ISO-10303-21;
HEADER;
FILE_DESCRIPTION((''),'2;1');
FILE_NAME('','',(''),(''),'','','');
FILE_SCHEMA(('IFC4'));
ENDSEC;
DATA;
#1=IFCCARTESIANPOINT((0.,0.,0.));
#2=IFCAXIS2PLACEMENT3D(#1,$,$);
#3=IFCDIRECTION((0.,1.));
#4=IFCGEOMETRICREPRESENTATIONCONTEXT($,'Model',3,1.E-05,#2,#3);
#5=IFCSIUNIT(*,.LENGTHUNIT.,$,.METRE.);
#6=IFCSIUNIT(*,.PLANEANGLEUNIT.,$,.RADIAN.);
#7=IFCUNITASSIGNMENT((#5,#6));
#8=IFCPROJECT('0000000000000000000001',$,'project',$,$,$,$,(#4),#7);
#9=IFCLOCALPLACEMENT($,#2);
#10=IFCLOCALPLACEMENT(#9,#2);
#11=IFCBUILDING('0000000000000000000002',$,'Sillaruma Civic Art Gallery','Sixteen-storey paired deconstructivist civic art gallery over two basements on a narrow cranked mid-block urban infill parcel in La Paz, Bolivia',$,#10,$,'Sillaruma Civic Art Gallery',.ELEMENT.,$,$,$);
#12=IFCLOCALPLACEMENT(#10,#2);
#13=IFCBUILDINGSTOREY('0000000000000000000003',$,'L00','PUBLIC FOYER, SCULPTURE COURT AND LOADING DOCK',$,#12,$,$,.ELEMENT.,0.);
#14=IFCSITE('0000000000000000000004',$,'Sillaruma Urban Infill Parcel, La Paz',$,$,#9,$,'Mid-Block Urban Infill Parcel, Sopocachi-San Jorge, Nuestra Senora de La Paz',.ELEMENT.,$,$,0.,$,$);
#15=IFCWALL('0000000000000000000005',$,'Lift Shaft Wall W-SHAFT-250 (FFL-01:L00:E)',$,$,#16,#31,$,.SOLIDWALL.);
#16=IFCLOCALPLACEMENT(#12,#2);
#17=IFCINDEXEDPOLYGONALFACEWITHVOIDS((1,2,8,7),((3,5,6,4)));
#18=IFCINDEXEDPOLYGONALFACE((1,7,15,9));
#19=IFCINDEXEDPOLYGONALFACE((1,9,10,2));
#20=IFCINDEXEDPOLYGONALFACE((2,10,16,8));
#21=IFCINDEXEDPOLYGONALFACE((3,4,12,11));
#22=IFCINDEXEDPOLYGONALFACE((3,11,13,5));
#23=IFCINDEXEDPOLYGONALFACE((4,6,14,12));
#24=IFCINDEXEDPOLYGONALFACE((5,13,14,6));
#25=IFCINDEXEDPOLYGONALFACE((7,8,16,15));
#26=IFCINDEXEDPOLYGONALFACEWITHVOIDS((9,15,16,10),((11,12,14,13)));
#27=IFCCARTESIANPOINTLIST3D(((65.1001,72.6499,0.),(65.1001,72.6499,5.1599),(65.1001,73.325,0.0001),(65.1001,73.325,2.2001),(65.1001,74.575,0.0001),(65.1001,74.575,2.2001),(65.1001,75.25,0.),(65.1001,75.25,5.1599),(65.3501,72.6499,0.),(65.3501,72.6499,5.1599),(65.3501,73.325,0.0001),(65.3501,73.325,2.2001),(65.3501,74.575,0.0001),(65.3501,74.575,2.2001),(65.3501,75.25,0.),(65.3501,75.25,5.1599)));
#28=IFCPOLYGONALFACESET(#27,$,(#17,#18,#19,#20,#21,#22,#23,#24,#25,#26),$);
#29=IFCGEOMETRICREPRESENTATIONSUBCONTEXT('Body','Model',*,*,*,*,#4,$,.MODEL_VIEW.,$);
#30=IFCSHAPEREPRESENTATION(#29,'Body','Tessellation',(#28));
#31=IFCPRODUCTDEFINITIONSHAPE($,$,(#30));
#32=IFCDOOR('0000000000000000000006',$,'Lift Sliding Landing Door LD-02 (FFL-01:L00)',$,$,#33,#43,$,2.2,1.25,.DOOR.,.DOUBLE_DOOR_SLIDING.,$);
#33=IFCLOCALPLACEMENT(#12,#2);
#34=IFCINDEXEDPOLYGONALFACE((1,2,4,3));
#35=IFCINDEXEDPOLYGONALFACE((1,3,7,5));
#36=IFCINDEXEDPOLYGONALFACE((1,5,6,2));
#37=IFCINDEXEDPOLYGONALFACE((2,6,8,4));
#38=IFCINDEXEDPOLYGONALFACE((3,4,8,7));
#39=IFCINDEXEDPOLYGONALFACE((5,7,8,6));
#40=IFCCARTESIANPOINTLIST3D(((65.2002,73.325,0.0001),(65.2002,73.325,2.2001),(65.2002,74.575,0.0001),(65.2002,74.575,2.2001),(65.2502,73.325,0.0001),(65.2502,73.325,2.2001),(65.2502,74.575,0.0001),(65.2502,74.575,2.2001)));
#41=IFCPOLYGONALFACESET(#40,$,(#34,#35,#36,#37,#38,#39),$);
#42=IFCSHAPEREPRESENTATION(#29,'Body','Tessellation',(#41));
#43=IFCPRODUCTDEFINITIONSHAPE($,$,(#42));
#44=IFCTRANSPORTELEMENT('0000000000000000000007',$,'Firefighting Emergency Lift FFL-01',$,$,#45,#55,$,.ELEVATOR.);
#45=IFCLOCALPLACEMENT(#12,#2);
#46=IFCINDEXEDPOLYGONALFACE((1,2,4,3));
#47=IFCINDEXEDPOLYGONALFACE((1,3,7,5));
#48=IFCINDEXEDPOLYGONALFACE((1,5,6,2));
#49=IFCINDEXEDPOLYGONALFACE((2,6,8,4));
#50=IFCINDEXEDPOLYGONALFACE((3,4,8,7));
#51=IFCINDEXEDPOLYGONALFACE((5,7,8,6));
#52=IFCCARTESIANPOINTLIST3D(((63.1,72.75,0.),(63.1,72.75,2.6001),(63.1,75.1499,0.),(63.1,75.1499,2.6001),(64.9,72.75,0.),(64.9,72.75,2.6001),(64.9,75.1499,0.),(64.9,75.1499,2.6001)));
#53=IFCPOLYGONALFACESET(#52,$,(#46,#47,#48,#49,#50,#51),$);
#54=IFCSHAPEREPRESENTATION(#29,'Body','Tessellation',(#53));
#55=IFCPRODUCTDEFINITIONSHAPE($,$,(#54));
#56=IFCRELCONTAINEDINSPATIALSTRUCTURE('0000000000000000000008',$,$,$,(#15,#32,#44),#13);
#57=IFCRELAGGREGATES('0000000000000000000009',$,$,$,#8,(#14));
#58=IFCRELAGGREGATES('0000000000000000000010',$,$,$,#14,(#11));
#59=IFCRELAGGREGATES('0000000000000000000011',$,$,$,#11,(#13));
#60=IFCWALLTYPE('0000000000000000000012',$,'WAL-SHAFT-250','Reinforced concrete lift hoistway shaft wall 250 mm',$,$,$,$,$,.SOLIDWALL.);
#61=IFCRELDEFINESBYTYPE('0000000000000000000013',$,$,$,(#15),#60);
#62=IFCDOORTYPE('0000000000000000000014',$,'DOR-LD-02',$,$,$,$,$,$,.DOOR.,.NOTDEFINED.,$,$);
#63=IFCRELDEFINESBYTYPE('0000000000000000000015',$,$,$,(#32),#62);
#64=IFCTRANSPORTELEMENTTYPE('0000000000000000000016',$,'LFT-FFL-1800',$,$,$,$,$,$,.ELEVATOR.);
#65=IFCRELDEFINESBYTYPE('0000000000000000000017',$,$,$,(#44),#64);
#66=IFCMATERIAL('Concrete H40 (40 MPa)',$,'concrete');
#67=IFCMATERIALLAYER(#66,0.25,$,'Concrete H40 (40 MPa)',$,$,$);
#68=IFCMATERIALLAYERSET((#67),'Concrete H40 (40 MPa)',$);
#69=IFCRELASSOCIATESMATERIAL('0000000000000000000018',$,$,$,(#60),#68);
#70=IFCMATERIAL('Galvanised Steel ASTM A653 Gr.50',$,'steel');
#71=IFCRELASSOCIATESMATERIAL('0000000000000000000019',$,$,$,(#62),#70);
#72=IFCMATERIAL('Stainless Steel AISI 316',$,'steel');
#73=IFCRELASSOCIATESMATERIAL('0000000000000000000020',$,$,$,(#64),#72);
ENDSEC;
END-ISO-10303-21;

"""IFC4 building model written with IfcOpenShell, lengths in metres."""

from ifc_helpers import new_model, si_unit, direction, frame, frame_2d, origin, origin_2d, place, context, subcontext, project, spatial, rectangle, extrude, material, layer, layer_set, type_object, element, fill, save


model = new_model("IFC4")

# Units and contexts
model_context = context("Model", 3, precision=1e-05, world=origin(), true_north=direction((0.0, 1.0)))
body_context = subcontext(model_context, "Body", "Model", "MODEL_VIEW")
ifc_project = project(units=[si_unit("LENGTHUNIT", "METRE"), si_unit("PLANEANGLEUNIT", "RADIAN")], contexts=[model_context])

# Site, building, storey
site_placement = place(None, origin())
site = spatial("IfcSite", under=ifc_project, at=site_placement, Name="Sillaruma Urban Infill Parcel, La Paz", LongName="Mid-Block Urban Infill Parcel, Sopocachi-San Jorge, Nuestra Senora de La Paz", CompositionType="ELEMENT", RefElevation=0.0)
building_placement = place(site_placement, origin())
building = spatial("IfcBuilding", under=site, at=building_placement, Name="Sillaruma Civic Art Gallery", Description="Sixteen-storey paired deconstructivist civic art gallery over two basements on a narrow cranked mid-block urban infill parcel in La Paz, Bolivia", LongName="Sillaruma Civic Art Gallery", CompositionType="ELEMENT")
storey_placement = place(building_placement, origin())
storey = spatial("IfcBuildingStorey", under=building, at=storey_placement, Name="L00", Description="PUBLIC FOYER, SCULPTURE COURT AND LOADING DOCK", CompositionType="ELEMENT", Elevation=0.0)

# Shared definitions
ifc_material_1 = material(Name="Concrete H40 (40 MPa)", Category="concrete")

# Shared definitions
ifc_material_2 = material(Name="Galvanised Steel ASTM A653 Gr.50", Category="steel")

# Shared definitions
ifc_layer_1 = layer(ifc_material_1, 0.25, Name="Concrete H40 (40 MPa)")
ifc_layer_set_1 = layer_set([ifc_layer_1], Name="Concrete H40 (40 MPa)")
wall_type_1 = type_object("IfcWallType", Name="WAL-SHAFT-250", Description="Reinforced concrete lift hoistway shaft wall 250 mm", PredefinedType="SOLIDWALL", material=ifc_layer_set_1)

# Wall, opening, door
wall_1_placement = place(storey_placement, frame((65.2251, 72.6499, 0.0), z_axis=(0.0, 0.0, 1.0), x_axis=(0.0, 1.0, 0.0)))
wall_1 = element("IfcWall", 1, at=wall_1_placement, inside=storey, type_object=wall_type_1, Name="Lift Shaft Wall W-SHAFT-250 (FFL-01:L00:E)", PredefinedType="SOLIDWALL", context=body_context, shape_type="SweptSolid", body=[
    extrude(rectangle(XDim=2.6001, YDim=0.25, at=frame_2d((1.3, 0.0))), origin(), (0.0, 0.0, 1.0), 5.1599),
])
opening_1_placement = place(wall_1_placement, frame((0.675, 0.0, 0.0)))
opening_1 = element("IfcOpeningElement", 2, at=opening_1_placement, cuts=wall_1, PredefinedType="OPENING", context=body_context, shape_type="SweptSolid", body=[
    extrude(rectangle(XDim=1.25, YDim=2.2, at=frame_2d((0.625, 1.1001))), frame((0.0, 0.135, 0.0), z_axis=(0.0, -1.0, 0.0), x_axis=(1.0, 0.0, 0.0)), (0.0, 0.0, 1.0), 0.27),
])
door_type_1 = type_object("IfcDoorType", Name="DOR-LD-02", OperationType="NOTDEFINED", PredefinedType="DOOR", material=ifc_material_2)
door_1_placement = place(opening_1_placement, origin())
door_1 = element("IfcDoor", 3, at=door_1_placement, inside=storey, type_object=door_type_1, Name="Lift Sliding Landing Door LD-02 (FFL-01:L00)", OperationType="DOUBLE_DOOR_SLIDING", OverallHeight=2.2, OverallWidth=1.25, PredefinedType="DOOR", context=body_context, shape_type="SweptSolid", body=[
    extrude(rectangle(XDim=1.25, YDim=2.2, at=frame_2d((0.625, 1.1001))), frame((0.0, 0.0249, 0.0), z_axis=(0.0, -1.0, 0.0), x_axis=(1.0, 0.0, 0.0)), (0.0, 0.0, 1.0), 0.05),
])
fill(opening_1, door_1)

# Transport element
ifc_material_3 = material(Name="Stainless Steel AISI 316", Category="steel")
transport_element_type = type_object("IfcTransportElementType", Name="LFT-FFL-1800", PredefinedType="ELEVATOR", material=ifc_material_3)
transport_element_placement = place(storey_placement, frame((64.0, 73.95, 0.0), z_axis=(0.0, 0.0, 1.0), x_axis=(1.0, 0.0, 0.0)))
element("IfcTransportElement", 4, at=transport_element_placement, inside=storey, type_object=transport_element_type, Name="Firefighting Emergency Lift FFL-01", PredefinedType="ELEVATOR", context=body_context, shape_type="SweptSolid", body=[
    extrude(rectangle(XDim=1.8, YDim=2.3999, at=origin_2d()), origin(), (0.0, 0.0, 1.0), 2.6001),
])

save(model, "model.ifc")
